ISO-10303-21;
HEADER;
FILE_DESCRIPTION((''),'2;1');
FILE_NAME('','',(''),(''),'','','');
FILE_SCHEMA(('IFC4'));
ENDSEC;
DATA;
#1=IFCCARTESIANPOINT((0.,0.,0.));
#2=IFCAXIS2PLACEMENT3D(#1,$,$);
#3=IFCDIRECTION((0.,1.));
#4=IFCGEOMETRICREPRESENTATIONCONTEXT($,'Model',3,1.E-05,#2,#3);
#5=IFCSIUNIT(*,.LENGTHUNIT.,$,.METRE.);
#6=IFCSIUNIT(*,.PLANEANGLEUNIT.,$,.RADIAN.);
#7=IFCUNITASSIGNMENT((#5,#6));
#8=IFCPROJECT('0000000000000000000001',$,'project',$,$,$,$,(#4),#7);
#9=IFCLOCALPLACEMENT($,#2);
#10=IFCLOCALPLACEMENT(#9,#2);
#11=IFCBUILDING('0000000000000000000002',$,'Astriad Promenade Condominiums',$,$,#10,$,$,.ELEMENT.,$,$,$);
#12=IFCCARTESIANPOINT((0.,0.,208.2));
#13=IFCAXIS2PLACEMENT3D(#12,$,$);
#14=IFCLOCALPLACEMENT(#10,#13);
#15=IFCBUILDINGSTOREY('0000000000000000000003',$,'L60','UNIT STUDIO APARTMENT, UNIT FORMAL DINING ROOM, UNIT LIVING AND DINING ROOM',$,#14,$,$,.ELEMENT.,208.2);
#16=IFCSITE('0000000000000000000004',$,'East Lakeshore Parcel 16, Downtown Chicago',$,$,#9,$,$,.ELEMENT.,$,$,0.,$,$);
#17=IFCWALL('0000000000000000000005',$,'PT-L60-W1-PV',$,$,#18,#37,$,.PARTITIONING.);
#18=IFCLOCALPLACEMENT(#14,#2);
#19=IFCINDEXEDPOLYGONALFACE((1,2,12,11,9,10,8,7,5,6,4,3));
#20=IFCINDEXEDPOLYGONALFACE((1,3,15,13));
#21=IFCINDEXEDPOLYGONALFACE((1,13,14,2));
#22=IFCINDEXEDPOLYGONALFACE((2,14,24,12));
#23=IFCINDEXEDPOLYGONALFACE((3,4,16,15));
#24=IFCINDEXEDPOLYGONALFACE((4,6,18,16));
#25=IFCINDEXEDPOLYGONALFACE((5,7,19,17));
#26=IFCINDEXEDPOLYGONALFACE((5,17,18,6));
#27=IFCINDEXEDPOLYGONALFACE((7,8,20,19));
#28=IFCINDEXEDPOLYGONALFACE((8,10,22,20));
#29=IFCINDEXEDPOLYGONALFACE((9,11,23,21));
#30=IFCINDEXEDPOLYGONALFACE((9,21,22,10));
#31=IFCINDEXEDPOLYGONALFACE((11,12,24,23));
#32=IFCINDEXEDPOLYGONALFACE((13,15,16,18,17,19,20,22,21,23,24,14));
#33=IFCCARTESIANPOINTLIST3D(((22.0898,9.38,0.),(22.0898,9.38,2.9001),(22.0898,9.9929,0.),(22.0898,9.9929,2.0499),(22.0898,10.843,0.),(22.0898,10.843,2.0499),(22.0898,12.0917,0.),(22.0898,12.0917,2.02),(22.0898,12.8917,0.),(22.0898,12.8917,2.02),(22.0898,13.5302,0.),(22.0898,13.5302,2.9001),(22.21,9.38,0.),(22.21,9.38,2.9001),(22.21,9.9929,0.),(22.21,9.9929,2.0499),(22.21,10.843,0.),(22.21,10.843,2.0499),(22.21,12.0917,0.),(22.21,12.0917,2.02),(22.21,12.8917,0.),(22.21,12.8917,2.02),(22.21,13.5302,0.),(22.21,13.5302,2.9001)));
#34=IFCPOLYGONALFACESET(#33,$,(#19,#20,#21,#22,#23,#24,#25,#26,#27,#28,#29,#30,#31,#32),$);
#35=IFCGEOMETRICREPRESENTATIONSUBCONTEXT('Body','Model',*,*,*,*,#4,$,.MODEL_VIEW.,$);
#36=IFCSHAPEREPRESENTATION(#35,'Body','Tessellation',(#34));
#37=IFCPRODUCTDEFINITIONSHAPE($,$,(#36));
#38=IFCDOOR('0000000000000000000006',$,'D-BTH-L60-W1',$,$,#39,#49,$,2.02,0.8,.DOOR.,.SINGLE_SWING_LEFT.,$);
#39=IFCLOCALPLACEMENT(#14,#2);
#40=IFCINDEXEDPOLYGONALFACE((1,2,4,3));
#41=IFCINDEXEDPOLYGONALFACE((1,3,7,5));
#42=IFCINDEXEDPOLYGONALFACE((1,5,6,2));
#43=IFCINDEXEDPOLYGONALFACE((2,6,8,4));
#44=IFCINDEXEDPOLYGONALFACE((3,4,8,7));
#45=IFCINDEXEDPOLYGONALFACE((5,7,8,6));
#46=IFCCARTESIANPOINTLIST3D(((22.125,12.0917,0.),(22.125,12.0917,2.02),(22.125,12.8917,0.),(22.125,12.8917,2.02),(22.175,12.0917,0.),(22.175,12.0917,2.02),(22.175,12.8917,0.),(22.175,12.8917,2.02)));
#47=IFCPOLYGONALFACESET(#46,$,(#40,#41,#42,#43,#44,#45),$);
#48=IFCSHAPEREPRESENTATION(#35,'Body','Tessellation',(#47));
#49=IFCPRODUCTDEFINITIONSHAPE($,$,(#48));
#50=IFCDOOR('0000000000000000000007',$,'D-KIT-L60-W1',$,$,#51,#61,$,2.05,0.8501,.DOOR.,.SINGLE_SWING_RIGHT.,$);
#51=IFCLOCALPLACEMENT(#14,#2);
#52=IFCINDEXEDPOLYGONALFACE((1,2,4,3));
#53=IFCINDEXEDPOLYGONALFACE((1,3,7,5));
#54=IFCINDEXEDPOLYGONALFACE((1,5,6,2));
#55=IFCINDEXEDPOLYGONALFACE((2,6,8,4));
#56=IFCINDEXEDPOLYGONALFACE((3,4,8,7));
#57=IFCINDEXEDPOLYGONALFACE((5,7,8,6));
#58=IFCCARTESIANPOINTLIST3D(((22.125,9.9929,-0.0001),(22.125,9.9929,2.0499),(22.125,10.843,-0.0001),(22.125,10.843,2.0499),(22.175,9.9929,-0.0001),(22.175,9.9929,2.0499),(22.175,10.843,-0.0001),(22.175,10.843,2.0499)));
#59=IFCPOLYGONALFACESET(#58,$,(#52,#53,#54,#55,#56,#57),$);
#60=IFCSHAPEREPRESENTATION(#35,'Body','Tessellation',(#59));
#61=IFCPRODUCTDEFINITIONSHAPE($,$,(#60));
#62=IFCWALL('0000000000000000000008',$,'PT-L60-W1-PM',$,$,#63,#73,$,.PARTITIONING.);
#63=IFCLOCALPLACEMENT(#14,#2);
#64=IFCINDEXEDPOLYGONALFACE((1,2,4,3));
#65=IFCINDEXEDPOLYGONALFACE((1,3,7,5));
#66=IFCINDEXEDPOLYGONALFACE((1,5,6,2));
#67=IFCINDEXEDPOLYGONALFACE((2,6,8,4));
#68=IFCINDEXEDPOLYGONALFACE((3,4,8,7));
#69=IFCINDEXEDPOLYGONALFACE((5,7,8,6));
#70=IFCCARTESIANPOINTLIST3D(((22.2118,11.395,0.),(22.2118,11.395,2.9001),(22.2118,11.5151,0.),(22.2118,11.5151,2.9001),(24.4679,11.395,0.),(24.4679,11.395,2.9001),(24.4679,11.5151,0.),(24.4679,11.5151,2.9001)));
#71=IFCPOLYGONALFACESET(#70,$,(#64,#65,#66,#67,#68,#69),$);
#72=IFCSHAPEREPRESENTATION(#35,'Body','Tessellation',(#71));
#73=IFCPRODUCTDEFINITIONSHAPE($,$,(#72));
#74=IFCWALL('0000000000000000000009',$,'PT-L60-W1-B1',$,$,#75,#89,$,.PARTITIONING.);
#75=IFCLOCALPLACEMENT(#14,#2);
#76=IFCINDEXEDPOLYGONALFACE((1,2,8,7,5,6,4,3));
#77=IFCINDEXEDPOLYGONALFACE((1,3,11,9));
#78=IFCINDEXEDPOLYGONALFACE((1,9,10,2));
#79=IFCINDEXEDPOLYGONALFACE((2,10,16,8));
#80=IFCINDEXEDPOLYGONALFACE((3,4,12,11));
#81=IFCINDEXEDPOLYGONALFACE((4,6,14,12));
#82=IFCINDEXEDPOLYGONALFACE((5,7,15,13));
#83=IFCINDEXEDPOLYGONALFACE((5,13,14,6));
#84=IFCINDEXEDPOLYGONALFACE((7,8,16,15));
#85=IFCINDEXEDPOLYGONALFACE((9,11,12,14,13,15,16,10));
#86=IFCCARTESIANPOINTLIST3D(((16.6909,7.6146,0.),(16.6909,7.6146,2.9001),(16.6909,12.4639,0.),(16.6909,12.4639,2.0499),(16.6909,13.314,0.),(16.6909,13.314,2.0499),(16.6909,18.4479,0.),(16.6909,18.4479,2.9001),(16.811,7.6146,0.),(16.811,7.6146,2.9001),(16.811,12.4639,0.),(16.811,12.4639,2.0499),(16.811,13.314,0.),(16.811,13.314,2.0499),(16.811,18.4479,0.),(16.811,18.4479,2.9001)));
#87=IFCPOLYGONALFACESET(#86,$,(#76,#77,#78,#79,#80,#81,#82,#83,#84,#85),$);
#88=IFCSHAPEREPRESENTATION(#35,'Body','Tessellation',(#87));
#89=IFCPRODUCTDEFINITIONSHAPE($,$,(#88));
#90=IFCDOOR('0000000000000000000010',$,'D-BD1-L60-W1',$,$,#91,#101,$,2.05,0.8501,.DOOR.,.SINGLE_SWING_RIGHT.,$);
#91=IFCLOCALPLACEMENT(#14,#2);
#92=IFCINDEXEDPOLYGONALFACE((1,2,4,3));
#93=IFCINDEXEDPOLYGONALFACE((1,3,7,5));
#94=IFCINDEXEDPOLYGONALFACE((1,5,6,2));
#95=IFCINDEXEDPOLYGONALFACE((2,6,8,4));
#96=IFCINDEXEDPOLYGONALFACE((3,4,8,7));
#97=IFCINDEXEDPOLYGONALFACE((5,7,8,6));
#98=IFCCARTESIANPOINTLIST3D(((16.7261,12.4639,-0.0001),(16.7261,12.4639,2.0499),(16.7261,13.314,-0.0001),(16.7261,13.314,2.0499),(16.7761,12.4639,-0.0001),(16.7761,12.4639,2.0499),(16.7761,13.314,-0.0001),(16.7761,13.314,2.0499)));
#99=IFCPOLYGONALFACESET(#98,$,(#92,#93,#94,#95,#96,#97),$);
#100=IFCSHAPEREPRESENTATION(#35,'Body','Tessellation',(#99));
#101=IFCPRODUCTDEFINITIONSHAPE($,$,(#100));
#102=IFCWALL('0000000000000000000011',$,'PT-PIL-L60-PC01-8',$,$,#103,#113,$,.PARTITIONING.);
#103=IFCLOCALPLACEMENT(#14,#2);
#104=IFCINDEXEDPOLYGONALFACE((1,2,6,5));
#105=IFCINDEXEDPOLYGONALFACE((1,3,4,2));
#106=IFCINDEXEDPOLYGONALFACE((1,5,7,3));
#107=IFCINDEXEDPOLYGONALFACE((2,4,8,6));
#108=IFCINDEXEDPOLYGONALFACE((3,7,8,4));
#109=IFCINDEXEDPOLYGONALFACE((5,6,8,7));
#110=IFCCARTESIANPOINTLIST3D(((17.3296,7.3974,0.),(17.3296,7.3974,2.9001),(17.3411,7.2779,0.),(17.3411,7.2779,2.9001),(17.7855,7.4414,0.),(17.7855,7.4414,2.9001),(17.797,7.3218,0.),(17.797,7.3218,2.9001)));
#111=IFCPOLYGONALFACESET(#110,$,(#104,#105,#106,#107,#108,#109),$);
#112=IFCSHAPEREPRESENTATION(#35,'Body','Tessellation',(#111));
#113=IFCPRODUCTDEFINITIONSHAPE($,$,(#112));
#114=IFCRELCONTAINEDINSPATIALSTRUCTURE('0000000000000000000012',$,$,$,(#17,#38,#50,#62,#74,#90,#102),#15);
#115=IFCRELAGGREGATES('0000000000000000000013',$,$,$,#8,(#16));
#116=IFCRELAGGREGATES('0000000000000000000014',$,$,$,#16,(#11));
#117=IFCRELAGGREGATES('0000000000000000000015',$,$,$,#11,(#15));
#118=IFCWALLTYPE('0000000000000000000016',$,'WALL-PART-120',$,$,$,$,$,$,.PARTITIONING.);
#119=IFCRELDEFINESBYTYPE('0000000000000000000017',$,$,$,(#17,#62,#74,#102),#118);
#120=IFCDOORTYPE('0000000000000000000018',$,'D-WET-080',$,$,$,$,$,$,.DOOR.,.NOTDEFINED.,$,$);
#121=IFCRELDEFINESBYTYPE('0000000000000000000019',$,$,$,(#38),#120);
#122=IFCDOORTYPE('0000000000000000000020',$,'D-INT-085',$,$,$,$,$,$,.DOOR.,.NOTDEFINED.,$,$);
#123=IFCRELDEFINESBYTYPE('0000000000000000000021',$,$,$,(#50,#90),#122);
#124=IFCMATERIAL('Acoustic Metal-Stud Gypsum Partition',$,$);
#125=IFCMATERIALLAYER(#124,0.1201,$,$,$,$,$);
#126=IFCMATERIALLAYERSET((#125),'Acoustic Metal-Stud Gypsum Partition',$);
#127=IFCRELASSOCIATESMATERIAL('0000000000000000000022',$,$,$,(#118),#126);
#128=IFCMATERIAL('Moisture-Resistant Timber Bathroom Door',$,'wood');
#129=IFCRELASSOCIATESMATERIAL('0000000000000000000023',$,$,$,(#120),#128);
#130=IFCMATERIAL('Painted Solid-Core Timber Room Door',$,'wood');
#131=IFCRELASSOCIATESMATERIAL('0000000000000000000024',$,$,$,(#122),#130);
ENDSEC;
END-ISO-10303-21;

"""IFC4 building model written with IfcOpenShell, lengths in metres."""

from ifc_helpers import new_model, si_unit, direction, frame, frame_2d, origin, place, context, subcontext, project, spatial, rectangle, extrude, source, transform, mapped, material, layer, layer_set, type_object, type_shapes, element, fill, save


model = new_model("IFC4")

# Units and contexts
model_context = context("Model", 3, precision=1e-05, world=origin(), true_north=direction((0.0, 1.0)))
body_context = subcontext(model_context, "Body", "Model", "MODEL_VIEW")
ifc_project = project(units=[si_unit("LENGTHUNIT", "METRE"), si_unit("PLANEANGLEUNIT", "RADIAN")], contexts=[model_context])

# Site, building, storey
site_placement = place(None, origin())
site = spatial("IfcSite", under=ifc_project, at=site_placement, Name="East Lakeshore Parcel 16, Downtown Chicago", CompositionType="ELEMENT", RefElevation=0.0)
building_placement = place(site_placement, origin())
building = spatial("IfcBuilding", under=site, at=building_placement, Name="Astriad Promenade Condominiums", CompositionType="ELEMENT")
storey_placement = place(building_placement, frame((0.0, 0.0, 208.2)))
storey = spatial("IfcBuildingStorey", under=building, at=storey_placement, Name="L60", Description="UNIT STUDIO APARTMENT, UNIT FORMAL DINING ROOM, UNIT LIVING AND DINING ROOM", CompositionType="ELEMENT", Elevation=208.2)

# Wall, openings, doors
ifc_material_1 = material(Name="Acoustic Metal-Stud Gypsum Partition")
ifc_layer_1 = layer(ifc_material_1, 0.1201)
ifc_layer_set_1 = layer_set([ifc_layer_1], Name="Acoustic Metal-Stud Gypsum Partition")
wall_type_1 = type_object("IfcWallType", Name="WALL-PART-120", PredefinedType="PARTITIONING", material=ifc_layer_set_1)
wall_1_placement = place(storey_placement, frame((22.1499, 9.3799, 0.0), z_axis=(0.0, 0.0, 1.0), x_axis=(0.0, 1.0, 0.0)))
wall_1 = element("IfcWall", 1, at=wall_1_placement, inside=storey, type_object=wall_type_1, Name="PT-L60-W1-PV", PredefinedType="PARTITIONING", context=body_context, shape_type="SweptSolid", body=[
    extrude(rectangle(XDim=4.1501, YDim=0.1201, at=frame_2d((2.0752, 0.0))), origin(), (0.0, 0.0, 1.0), 2.9001),
])
opening_1_placement = place(wall_1_placement, frame((0.613, 0.0, 0.0)))
opening_1 = element("IfcOpeningElement", 2, at=opening_1_placement, cuts=wall_1, PredefinedType="OPENING", context=body_context, shape_type="SweptSolid", body=[
    extrude(rectangle(XDim=0.8501, YDim=2.05, at=frame_2d((0.425, 1.0249))), frame((0.0, 0.0701, 0.0), z_axis=(0.0, -1.0, 0.0), x_axis=(1.0, 0.0, 0.0)), (0.0, 0.0, 1.0), 0.1401),
])
opening_2_placement = place(wall_1_placement, frame((2.7119, 0.0, 0.0)))
opening_2 = element("IfcOpeningElement", 3, at=opening_2_placement, cuts=wall_1, PredefinedType="OPENING", context=body_context, shape_type="SweptSolid", body=[
    extrude(rectangle(XDim=0.8, YDim=2.02, at=frame_2d((0.3999, 1.01))), frame((0.0, 0.0701, 0.0), z_axis=(0.0, -1.0, 0.0), x_axis=(1.0, 0.0, 0.0)), (0.0, 0.0, 1.0), 0.1401),
])
ifc_material_2 = material(Name="Moisture-Resistant Timber Bathroom Door", Category="wood")
door_type_1 = type_object("IfcDoorType", Name="D-WET-080", OperationType="NOTDEFINED", PredefinedType="DOOR", material=ifc_material_2)
shared_shape_1 = source(origin(), body_context, "Body", "SweptSolid", [
    extrude(rectangle(XDim=0.8, YDim=2.02, at=frame_2d((0.3999, 1.01))), frame((0.0, 0.0249, 0.0), z_axis=(0.0, -1.0, 0.0), x_axis=(1.0, 0.0, 0.0)), (0.0, 0.0, 1.0), 0.05),
])
type_shapes(door_type_1, [shared_shape_1])
door_1_placement = place(opening_2_placement, origin())
door_1 = element("IfcDoor", 4, at=door_1_placement, inside=storey, type_object=door_type_1, Name="D-BTH-L60-W1", OperationType="SINGLE_SWING_LEFT", OverallHeight=2.02, OverallWidth=0.8, PredefinedType="DOOR", context=body_context, shape_type="MappedRepresentation", body=[
    mapped(shared_shape_1, transform((0.0, 0.0, 0.0), scale=1.0)),
])
fill(opening_2, door_1)
ifc_material_3 = material(Name="Painted Solid-Core Timber Room Door", Category="wood")
door_type_2 = type_object("IfcDoorType", Name="D-INT-085", OperationType="NOTDEFINED", PredefinedType="DOOR", material=ifc_material_3)
shared_shape_2 = source(origin(), body_context, "Body", "SweptSolid", [
    extrude(rectangle(XDim=0.8501, YDim=2.05, at=frame_2d((0.425, 1.0249))), frame((0.0, 0.0249, 0.0), z_axis=(0.0, -1.0, 0.0), x_axis=(1.0, 0.0, 0.0)), (0.0, 0.0, 1.0), 0.05),
])
type_shapes(door_type_2, [shared_shape_2])
door_2_placement = place(opening_1_placement, origin())
door_2 = element("IfcDoor", 5, at=door_2_placement, inside=storey, type_object=door_type_2, Name="D-KIT-L60-W1", OperationType="SINGLE_SWING_RIGHT", OverallHeight=2.05, OverallWidth=0.8501, PredefinedType="DOOR", context=body_context, shape_type="MappedRepresentation", body=[
    mapped(shared_shape_2, transform((0.0, 0.0, 0.0), scale=1.0)),
])
fill(opening_1, door_2)

# Wall
wall_2_placement = place(storey_placement, frame((22.2119, 11.4551, 0.0), z_axis=(0.0, 0.0, 1.0), x_axis=(1.0, 0.0, 0.0)))
element("IfcWall", 6, at=wall_2_placement, inside=storey, type_object=wall_type_1, Name="PT-L60-W1-PM", PredefinedType="PARTITIONING", context=body_context, shape_type="SweptSolid", body=[
    extrude(rectangle(XDim=2.2561, YDim=0.1201, at=frame_2d((1.1279, 0.0))), origin(), (0.0, 0.0, 1.0), 2.9001),
])

# Wall, opening, door
wall_3_placement = place(storey_placement, frame((16.751, 7.6147, 0.0), z_axis=(0.0, 0.0, 1.0), x_axis=(0.0, 1.0, 0.0)))
wall_3 = element("IfcWall", 7, at=wall_3_placement, inside=storey, type_object=wall_type_1, Name="PT-L60-W1-B1", PredefinedType="PARTITIONING", context=body_context, shape_type="SweptSolid", body=[
    extrude(rectangle(XDim=10.8333, YDim=0.1201, at=frame_2d((5.4165, 0.0))), origin(), (0.0, 0.0, 1.0), 2.9001),
])
opening_3_placement = place(wall_3_placement, frame((4.8491, 0.0, 0.0)))
opening_3 = element("IfcOpeningElement", 8, at=opening_3_placement, cuts=wall_3, PredefinedType="OPENING", context=body_context, shape_type="SweptSolid", body=[
    extrude(rectangle(XDim=0.8501, YDim=2.05, at=frame_2d((0.425, 1.0249))), frame((0.0, 0.0701, 0.0), z_axis=(0.0, -1.0, 0.0), x_axis=(1.0, 0.0, 0.0)), (0.0, 0.0, 1.0), 0.1401),
])
door_3_placement = place(opening_3_placement, origin())
door_3 = element("IfcDoor", 9, at=door_3_placement, inside=storey, type_object=door_type_2, Name="D-BD1-L60-W1", OperationType="SINGLE_SWING_RIGHT", OverallHeight=2.05, OverallWidth=0.8501, PredefinedType="DOOR", context=body_context, shape_type="MappedRepresentation", body=[
    mapped(shared_shape_2, transform((0.0, 0.0, 0.0), scale=1.0)),
])
fill(opening_3, door_3)

# Wall
wall_4_placement = place(storey_placement, frame((17.7913, 7.3816, 0.0), z_axis=(0.0, 0.0, 1.0), x_axis=(-0.995385, -0.095966, 0.0)))
element("IfcWall", 10, at=wall_4_placement, inside=storey, type_object=wall_type_1, Name="PT-PIL-L60-PC01-8", PredefinedType="PARTITIONING", context=body_context, shape_type="SweptSolid", body=[
    extrude(rectangle(XDim=0.458, YDim=0.1201, at=frame_2d((0.229, 0.0))), origin(), (0.0, 0.0, 1.0), 2.9001),
])

save(model, "model.ifc")
